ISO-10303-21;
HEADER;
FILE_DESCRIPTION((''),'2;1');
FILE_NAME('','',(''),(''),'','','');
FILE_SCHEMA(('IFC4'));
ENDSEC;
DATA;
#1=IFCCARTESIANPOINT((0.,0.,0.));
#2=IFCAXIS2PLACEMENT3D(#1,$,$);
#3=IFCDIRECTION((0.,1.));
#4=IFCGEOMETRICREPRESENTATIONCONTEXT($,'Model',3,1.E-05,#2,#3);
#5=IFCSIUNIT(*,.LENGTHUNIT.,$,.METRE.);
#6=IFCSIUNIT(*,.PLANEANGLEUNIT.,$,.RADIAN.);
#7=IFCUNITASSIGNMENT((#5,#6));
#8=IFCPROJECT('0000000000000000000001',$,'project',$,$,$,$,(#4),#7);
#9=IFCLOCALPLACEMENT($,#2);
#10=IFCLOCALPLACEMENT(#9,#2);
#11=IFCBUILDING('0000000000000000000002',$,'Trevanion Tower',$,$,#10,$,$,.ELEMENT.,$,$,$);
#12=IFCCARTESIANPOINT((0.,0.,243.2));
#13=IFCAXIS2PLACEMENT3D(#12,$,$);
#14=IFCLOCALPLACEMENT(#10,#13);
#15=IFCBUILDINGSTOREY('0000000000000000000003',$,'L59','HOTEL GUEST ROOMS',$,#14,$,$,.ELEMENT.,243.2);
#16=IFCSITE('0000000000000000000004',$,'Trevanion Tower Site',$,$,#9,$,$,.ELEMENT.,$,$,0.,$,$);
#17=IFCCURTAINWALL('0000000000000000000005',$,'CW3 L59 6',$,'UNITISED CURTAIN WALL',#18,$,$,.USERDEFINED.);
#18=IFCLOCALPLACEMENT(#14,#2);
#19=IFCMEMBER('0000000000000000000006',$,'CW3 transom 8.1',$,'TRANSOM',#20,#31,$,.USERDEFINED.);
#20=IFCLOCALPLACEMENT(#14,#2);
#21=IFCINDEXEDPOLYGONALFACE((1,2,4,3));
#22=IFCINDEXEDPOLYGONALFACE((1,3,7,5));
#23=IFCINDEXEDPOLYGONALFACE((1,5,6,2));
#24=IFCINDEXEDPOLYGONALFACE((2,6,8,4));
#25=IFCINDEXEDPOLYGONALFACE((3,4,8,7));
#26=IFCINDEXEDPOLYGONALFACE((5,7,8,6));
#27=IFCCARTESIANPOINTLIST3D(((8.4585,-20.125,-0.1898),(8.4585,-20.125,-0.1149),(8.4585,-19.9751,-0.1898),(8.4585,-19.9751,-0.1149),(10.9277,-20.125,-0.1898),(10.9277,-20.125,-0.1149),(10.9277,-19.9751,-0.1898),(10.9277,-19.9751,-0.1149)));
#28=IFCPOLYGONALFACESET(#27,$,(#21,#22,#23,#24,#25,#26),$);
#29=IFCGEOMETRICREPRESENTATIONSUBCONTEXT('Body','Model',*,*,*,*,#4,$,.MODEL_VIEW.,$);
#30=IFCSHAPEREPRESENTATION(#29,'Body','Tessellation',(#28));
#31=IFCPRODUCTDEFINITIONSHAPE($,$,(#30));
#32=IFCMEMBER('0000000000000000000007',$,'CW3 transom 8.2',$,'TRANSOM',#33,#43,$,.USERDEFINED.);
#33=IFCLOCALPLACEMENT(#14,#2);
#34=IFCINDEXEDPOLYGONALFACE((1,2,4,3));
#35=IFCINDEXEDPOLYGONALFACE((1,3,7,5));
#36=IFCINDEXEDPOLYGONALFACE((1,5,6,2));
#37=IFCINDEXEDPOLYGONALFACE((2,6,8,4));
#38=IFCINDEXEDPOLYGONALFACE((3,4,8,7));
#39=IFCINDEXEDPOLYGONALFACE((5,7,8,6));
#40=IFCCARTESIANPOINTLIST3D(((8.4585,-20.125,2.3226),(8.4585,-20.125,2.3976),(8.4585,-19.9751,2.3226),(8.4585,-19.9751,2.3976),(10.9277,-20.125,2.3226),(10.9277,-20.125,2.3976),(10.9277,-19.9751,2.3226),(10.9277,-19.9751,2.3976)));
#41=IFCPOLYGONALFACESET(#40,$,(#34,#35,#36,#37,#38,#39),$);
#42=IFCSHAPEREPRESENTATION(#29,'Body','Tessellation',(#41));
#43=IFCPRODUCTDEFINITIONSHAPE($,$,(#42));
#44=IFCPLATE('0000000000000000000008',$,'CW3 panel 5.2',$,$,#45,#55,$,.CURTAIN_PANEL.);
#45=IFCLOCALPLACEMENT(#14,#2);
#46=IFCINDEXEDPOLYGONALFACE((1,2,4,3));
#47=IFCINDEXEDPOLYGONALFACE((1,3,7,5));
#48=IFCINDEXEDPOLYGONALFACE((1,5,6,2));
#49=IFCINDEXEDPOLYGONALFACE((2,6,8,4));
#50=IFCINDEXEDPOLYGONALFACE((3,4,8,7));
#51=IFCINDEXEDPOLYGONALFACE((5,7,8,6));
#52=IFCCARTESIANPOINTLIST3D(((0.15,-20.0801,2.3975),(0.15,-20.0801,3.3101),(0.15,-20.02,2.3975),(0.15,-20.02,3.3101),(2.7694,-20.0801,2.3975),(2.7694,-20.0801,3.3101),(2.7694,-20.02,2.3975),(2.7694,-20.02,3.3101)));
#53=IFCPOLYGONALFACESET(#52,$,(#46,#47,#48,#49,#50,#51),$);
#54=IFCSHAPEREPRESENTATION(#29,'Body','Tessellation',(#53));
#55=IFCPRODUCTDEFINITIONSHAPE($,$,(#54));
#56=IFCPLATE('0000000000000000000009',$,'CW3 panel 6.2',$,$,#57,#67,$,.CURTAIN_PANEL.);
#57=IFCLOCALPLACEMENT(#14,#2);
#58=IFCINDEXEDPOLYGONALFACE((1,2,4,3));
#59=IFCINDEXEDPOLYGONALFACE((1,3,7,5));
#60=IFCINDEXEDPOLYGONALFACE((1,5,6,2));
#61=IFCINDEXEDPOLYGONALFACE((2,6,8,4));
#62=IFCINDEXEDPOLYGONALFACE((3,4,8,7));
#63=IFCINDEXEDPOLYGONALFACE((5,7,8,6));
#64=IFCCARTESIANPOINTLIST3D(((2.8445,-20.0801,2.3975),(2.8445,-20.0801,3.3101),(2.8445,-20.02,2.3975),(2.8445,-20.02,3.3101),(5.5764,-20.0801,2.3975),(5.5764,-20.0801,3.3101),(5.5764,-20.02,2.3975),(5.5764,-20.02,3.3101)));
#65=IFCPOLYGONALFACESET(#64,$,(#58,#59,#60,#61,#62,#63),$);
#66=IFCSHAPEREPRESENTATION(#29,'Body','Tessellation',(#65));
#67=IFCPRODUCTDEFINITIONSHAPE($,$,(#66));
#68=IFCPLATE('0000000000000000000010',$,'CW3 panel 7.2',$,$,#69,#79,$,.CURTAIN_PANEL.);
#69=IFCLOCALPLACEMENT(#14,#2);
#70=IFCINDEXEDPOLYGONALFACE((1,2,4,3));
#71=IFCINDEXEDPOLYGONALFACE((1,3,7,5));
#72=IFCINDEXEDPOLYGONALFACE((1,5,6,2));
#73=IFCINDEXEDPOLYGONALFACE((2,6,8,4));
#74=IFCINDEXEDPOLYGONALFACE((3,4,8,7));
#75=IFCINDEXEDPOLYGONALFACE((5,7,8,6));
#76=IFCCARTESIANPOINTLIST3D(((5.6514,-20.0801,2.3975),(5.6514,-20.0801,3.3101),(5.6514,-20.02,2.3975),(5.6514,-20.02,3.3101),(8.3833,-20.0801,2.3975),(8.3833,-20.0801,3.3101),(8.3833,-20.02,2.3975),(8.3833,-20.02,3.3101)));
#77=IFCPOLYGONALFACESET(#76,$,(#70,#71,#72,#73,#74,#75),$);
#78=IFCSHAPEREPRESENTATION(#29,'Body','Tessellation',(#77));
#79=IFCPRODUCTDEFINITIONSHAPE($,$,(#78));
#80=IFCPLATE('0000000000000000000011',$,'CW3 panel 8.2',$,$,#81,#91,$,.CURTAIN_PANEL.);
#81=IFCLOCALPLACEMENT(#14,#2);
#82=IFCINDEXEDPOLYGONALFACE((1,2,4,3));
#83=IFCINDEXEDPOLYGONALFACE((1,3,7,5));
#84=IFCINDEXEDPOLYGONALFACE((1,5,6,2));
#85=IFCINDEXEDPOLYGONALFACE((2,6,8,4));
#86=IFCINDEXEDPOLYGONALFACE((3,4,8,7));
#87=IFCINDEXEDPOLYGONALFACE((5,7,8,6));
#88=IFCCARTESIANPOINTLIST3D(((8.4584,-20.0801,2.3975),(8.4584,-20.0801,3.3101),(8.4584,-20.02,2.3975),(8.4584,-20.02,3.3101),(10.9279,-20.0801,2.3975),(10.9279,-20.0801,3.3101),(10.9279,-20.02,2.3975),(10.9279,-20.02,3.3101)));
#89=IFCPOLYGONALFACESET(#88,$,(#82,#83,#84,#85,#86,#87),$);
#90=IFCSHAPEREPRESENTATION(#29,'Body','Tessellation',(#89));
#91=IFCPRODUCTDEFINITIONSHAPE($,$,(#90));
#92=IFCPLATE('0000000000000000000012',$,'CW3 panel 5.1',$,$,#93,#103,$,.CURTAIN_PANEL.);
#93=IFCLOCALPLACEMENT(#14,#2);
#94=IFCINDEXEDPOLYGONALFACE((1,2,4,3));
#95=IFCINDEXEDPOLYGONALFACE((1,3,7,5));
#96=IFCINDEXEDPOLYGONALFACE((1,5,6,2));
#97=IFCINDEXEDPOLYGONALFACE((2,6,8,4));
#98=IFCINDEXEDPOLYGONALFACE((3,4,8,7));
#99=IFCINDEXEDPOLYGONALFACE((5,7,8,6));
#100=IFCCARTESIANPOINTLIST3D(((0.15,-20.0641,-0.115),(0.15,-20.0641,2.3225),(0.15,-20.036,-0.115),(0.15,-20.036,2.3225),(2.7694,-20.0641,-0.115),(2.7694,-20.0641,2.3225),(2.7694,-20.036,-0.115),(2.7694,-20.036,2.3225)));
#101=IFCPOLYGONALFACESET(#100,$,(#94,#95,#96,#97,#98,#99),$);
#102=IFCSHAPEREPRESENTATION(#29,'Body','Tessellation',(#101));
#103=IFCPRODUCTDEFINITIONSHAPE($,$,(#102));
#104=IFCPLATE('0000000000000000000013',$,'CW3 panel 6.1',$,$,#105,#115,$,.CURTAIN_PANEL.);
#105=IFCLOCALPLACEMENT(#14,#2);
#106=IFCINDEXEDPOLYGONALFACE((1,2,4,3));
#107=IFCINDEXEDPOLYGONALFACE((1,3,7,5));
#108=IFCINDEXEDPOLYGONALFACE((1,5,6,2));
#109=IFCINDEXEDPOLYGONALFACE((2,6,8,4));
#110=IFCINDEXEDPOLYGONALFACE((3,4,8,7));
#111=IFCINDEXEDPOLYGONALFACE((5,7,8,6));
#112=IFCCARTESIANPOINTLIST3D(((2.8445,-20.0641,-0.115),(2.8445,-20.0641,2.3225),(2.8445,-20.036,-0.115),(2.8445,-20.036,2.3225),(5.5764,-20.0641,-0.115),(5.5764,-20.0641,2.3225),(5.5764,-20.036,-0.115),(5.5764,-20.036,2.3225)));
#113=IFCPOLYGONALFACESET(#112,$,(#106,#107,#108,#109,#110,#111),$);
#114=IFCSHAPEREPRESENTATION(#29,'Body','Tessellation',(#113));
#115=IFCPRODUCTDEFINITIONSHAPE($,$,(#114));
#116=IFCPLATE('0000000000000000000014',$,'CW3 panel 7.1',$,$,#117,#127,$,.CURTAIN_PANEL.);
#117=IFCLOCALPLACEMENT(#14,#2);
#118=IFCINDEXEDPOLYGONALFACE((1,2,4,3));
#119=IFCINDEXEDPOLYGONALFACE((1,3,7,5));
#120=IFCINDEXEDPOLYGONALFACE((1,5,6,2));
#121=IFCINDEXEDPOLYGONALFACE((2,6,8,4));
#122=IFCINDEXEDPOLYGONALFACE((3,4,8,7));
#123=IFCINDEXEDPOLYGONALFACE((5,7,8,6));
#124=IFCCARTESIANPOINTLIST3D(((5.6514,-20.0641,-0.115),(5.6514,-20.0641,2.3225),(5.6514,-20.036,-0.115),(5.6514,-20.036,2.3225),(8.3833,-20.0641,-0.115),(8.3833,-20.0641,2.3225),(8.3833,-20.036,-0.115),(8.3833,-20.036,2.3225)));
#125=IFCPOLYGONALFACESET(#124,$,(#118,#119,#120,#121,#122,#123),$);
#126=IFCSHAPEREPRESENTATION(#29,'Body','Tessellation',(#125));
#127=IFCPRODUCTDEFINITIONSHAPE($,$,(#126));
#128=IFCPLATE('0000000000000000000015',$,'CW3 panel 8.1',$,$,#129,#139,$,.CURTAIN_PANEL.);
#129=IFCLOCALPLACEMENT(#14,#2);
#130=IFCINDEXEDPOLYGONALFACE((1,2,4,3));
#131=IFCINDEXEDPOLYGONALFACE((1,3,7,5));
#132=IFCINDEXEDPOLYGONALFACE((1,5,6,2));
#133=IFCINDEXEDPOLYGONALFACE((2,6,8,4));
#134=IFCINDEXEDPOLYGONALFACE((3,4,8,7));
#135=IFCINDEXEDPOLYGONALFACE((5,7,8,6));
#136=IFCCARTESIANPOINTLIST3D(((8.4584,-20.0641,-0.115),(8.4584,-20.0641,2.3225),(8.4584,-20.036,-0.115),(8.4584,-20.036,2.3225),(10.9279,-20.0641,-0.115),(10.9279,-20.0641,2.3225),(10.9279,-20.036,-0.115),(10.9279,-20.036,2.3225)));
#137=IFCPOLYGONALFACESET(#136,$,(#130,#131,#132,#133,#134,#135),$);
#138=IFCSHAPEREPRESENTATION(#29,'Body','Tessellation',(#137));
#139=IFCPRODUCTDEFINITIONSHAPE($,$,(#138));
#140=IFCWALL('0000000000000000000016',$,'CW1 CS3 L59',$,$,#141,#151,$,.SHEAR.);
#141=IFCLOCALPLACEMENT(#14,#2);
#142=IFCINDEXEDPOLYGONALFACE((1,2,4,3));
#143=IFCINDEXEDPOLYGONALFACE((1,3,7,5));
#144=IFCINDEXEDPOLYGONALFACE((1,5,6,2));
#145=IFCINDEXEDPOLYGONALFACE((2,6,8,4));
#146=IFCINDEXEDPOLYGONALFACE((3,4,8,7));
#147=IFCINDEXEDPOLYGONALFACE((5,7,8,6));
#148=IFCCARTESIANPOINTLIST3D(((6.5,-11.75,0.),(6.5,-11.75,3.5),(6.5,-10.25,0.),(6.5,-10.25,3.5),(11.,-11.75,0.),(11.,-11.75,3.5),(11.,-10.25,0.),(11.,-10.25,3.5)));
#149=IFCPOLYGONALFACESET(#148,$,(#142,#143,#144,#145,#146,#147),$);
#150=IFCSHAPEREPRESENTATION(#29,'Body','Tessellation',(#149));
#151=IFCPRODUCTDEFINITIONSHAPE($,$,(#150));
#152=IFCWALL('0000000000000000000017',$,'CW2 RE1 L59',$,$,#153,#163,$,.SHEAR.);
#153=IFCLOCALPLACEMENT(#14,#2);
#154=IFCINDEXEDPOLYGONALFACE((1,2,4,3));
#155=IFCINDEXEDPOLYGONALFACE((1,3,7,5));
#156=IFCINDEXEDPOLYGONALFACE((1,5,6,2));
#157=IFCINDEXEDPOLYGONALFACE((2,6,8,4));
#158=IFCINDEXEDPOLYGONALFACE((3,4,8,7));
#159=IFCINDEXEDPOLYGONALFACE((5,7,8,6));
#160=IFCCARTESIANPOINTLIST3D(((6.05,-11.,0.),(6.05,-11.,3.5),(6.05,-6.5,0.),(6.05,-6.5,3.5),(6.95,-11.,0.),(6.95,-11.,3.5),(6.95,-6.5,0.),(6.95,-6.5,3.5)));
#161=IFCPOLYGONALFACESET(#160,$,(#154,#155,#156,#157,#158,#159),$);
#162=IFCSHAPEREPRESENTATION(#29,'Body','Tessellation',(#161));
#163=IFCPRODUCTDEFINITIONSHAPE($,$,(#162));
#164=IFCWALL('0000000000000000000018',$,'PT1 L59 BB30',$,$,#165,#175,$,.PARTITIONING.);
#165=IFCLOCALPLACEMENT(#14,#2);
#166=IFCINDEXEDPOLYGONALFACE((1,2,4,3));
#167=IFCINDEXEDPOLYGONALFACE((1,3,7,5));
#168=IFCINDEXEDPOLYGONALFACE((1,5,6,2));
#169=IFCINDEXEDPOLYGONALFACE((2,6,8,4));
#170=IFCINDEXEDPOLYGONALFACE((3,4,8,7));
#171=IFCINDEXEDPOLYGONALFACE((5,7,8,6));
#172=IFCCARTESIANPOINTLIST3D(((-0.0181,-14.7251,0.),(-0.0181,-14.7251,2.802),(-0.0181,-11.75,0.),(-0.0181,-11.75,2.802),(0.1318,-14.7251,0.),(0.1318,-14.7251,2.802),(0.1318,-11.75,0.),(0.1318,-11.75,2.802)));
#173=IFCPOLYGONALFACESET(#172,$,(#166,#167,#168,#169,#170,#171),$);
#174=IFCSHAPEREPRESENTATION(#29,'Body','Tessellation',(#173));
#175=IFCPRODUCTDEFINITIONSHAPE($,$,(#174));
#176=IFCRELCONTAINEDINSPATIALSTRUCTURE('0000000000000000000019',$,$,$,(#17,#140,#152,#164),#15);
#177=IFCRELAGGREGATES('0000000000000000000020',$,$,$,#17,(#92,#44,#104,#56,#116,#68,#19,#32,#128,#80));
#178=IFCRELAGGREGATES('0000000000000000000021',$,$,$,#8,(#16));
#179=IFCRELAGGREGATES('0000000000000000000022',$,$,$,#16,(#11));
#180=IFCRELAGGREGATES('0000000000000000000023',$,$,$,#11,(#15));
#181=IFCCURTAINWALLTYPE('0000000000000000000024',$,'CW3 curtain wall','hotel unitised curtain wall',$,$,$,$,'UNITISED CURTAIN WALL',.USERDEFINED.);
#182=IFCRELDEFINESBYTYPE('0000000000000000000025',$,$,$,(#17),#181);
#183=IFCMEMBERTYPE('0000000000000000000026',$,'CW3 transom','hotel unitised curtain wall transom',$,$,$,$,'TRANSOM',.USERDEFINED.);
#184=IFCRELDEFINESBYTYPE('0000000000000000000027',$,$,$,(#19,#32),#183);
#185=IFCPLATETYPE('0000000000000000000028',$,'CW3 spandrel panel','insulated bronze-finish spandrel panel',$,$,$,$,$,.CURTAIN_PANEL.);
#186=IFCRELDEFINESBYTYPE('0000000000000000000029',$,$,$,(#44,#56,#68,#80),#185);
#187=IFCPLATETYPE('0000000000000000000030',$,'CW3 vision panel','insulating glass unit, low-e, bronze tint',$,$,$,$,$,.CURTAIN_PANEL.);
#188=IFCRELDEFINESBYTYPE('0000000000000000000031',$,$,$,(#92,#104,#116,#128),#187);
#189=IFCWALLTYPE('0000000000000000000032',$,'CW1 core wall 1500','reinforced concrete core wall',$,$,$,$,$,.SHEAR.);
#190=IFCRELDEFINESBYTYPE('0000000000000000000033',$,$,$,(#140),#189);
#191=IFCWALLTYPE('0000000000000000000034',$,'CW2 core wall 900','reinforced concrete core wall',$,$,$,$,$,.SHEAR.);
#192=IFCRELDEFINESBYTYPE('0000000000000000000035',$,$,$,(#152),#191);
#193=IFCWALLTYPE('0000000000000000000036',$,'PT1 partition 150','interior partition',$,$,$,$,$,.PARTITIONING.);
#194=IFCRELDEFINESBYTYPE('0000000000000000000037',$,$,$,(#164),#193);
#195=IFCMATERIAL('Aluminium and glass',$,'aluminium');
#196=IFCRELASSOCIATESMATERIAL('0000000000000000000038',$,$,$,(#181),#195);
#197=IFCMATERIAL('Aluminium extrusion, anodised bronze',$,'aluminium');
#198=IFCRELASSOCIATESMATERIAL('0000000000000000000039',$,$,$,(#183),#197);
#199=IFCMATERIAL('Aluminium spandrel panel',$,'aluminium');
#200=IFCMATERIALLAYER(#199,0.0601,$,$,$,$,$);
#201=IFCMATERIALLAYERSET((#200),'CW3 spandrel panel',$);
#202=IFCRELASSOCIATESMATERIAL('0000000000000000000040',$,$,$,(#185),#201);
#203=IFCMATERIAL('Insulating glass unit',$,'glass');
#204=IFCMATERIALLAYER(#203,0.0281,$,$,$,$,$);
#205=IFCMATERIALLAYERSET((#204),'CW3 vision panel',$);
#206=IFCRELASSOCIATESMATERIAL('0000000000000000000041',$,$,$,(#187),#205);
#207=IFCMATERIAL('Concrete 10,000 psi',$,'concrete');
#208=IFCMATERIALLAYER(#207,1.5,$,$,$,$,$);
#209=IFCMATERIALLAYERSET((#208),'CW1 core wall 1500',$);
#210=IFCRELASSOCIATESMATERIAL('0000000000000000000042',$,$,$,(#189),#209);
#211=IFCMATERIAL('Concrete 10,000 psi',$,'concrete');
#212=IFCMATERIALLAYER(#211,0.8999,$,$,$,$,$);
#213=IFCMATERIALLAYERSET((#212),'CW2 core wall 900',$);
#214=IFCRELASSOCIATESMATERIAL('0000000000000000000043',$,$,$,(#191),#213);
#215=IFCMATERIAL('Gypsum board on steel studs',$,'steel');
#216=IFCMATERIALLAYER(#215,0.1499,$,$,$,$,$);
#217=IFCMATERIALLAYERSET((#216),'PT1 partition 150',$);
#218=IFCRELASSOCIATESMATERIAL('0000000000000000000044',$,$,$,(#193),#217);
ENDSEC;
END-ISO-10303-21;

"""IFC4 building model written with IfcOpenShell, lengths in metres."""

from ifc_helpers import new_model, si_unit, direction, frame, frame_2d, origin, origin_2d, place, context, subcontext, project, spatial, rectangle, extrude, material, layer, layer_set, material_profile, profile_set, type_object, element, aggregate, save


model = new_model("IFC4")

# Units and contexts
model_context = context("Model", 3, precision=1e-05, world=origin(), true_north=direction((0.0, 1.0)))
body_context = subcontext(model_context, "Body", "Model", "MODEL_VIEW")
ifc_project = project(units=[si_unit("LENGTHUNIT", "METRE"), si_unit("PLANEANGLEUNIT", "RADIAN")], contexts=[model_context])

# Site, building, storey
site_placement = place(None, origin())
site = spatial("IfcSite", under=ifc_project, at=site_placement, Name="Trevanion Tower Site", CompositionType="ELEMENT", RefElevation=0.0)
building_placement = place(site_placement, origin())
building = spatial("IfcBuilding", under=site, at=building_placement, Name="Trevanion Tower", CompositionType="ELEMENT")
storey_placement = place(building_placement, frame((0.0, 0.0, 243.2)))
storey = spatial("IfcBuildingStorey", under=building, at=storey_placement, Name="L59", Description="HOTEL GUEST ROOMS", CompositionType="ELEMENT", Elevation=243.2)

# Curtain wall, members, plates
ifc_material_1 = material(Name="Aluminium and glass", Category="aluminium")
curtain_wall_type = type_object("IfcCurtainWallType", Name="CW3 curtain wall", Description="hotel unitised curtain wall", ElementType="UNITISED CURTAIN WALL", PredefinedType="USERDEFINED", material=ifc_material_1)
curtain_wall_placement = place(storey_placement, origin())
curtain_wall = element("IfcCurtainWall", 1, at=curtain_wall_placement, inside=storey, type_object=curtain_wall_type, Name="CW3 L59 6", ObjectType="UNITISED CURTAIN WALL", PredefinedType="USERDEFINED")
ifc_material_2 = material(Name="Aluminium extrusion, anodised bronze", Category="aluminium")
ifc_material_profile_1 = material_profile(ifc_material_2, rectangle(XDim=0.1499, YDim=0.075, at=origin_2d()), Name="CW3 transom")
ifc_profile_set_1 = profile_set([ifc_material_profile_1], Name="Aluminium extrusion, anodised bronze")
member_type_1 = type_object("IfcMemberType", Name="CW3 transom", Description="hotel unitised curtain wall transom", ElementType="TRANSOM", PredefinedType="USERDEFINED", material=ifc_profile_set_1)
member_1_placement = place(storey_placement, frame((8.4585, -20.05, -0.1523), z_axis=(1.0, 0.0, 0.0), x_axis=(0.0, 1.0, 0.0)))
member_1 = element("IfcMember", 2, at=member_1_placement, type_object=member_type_1, Name="CW3 transom 8.1", ObjectType="TRANSOM", PredefinedType="USERDEFINED", context=body_context, shape_type="SweptSolid", body=[
    extrude(rectangle(XDim=0.1499, YDim=0.075, at=origin_2d()), origin(), (0.0, 0.0, 1.0), 2.4692),
])
member_2_placement = place(storey_placement, frame((8.4585, -20.05, 2.3601), z_axis=(1.0, 0.0, 0.0), x_axis=(0.0, 1.0, 0.0)))
member_2 = element("IfcMember", 3, at=member_2_placement, type_object=member_type_1, Name="CW3 transom 8.2", ObjectType="TRANSOM", PredefinedType="USERDEFINED", context=body_context, shape_type="SweptSolid", body=[
    extrude(rectangle(XDim=0.1499, YDim=0.075, at=origin_2d()), origin(), (0.0, 0.0, 1.0), 2.4692),
])
ifc_material_3 = material(Name="Aluminium spandrel panel", Category="aluminium")
ifc_layer_1 = layer(ifc_material_3, 0.0601)
ifc_layer_set_1 = layer_set([ifc_layer_1], Name="CW3 spandrel panel")
plate_type_1 = type_object("IfcPlateType", Name="CW3 spandrel panel", Description="insulated bronze-finish spandrel panel", PredefinedType="CURTAIN_PANEL", material=ifc_layer_set_1)
plate_1_placement = place(storey_placement, frame((1.4597, -20.05, 2.3975), z_axis=(0.0, 0.0, 1.0), x_axis=(1.0, 0.0, 0.0)))
plate_1 = element("IfcPlate", 4, at=plate_1_placement, type_object=plate_type_1, Name="CW3 panel 5.2", PredefinedType="CURTAIN_PANEL", context=body_context, shape_type="SweptSolid", body=[
    extrude(rectangle(XDim=2.6194, YDim=0.0601, at=origin_2d()), origin(), (0.0, 0.0, 1.0), 0.9126),
])
plate_2_placement = place(storey_placement, frame((4.2104, -20.05, 2.3975), z_axis=(0.0, 0.0, 1.0), x_axis=(1.0, 0.0, 0.0)))
plate_2 = element("IfcPlate", 5, at=plate_2_placement, type_object=plate_type_1, Name="CW3 panel 6.2", PredefinedType="CURTAIN_PANEL", context=body_context, shape_type="SweptSolid", body=[
    extrude(rectangle(XDim=2.7319, YDim=0.0601, at=origin_2d()), origin(), (0.0, 0.0, 1.0), 0.9126),
])
plate_3_placement = place(storey_placement, frame((7.0173, -20.05, 2.3975), z_axis=(0.0, 0.0, 1.0), x_axis=(1.0, 0.0, 0.0)))
plate_3 = element("IfcPlate", 6, at=plate_3_placement, type_object=plate_type_1, Name="CW3 panel 7.2", PredefinedType="CURTAIN_PANEL", context=body_context, shape_type="SweptSolid", body=[
    extrude(rectangle(XDim=2.7319, YDim=0.0601, at=origin_2d()), origin(), (0.0, 0.0, 1.0), 0.9126),
])
plate_4_placement = place(storey_placement, frame((9.6931, -20.05, 2.3975), z_axis=(0.0, 0.0, 1.0), x_axis=(1.0, 0.0, 0.0)))
plate_4 = element("IfcPlate", 7, at=plate_4_placement, type_object=plate_type_1, Name="CW3 panel 8.2", PredefinedType="CURTAIN_PANEL", context=body_context, shape_type="SweptSolid", body=[
    extrude(rectangle(XDim=2.4695, YDim=0.0601, at=origin_2d()), origin(), (0.0, 0.0, 1.0), 0.9126),
])
ifc_material_4 = material(Name="Insulating glass unit", Category="glass")
ifc_layer_2 = layer(ifc_material_4, 0.0281)
ifc_layer_set_2 = layer_set([ifc_layer_2], Name="CW3 vision panel")
plate_type_2 = type_object("IfcPlateType", Name="CW3 vision panel", Description="insulating glass unit, low-e, bronze tint", PredefinedType="CURTAIN_PANEL", material=ifc_layer_set_2)
plate_5_placement = place(storey_placement, frame((1.4597, -20.05, -0.115), z_axis=(0.0, 0.0, 1.0), x_axis=(1.0, 0.0, 0.0)))
plate_5 = element("IfcPlate", 8, at=plate_5_placement, type_object=plate_type_2, Name="CW3 panel 5.1", PredefinedType="CURTAIN_PANEL", context=body_context, shape_type="SweptSolid", body=[
    extrude(rectangle(XDim=2.6194, YDim=0.0281, at=origin_2d()), origin(), (0.0, 0.0, 1.0), 2.4375),
])
plate_6_placement = place(storey_placement, frame((4.2104, -20.05, -0.115), z_axis=(0.0, 0.0, 1.0), x_axis=(1.0, 0.0, 0.0)))
plate_6 = element("IfcPlate", 9, at=plate_6_placement, type_object=plate_type_2, Name="CW3 panel 6.1", PredefinedType="CURTAIN_PANEL", context=body_context, shape_type="SweptSolid", body=[
    extrude(rectangle(XDim=2.7319, YDim=0.0281, at=origin_2d()), origin(), (0.0, 0.0, 1.0), 2.4375),
])
plate_7_placement = place(storey_placement, frame((7.0173, -20.05, -0.115), z_axis=(0.0, 0.0, 1.0), x_axis=(1.0, 0.0, 0.0)))
plate_7 = element("IfcPlate", 10, at=plate_7_placement, type_object=plate_type_2, Name="CW3 panel 7.1", PredefinedType="CURTAIN_PANEL", context=body_context, shape_type="SweptSolid", body=[
    extrude(rectangle(XDim=2.7319, YDim=0.0281, at=origin_2d()), origin(), (0.0, 0.0, 1.0), 2.4375),
])
plate_8_placement = place(storey_placement, frame((9.6931, -20.05, -0.115), z_axis=(0.0, 0.0, 1.0), x_axis=(1.0, 0.0, 0.0)))
plate_8 = element("IfcPlate", 11, at=plate_8_placement, type_object=plate_type_2, Name="CW3 panel 8.1", PredefinedType="CURTAIN_PANEL", context=body_context, shape_type="SweptSolid", body=[
    extrude(rectangle(XDim=2.4695, YDim=0.0281, at=origin_2d()), origin(), (0.0, 0.0, 1.0), 2.4375),
])
aggregate(curtain_wall, [plate_5, plate_1, plate_6, plate_2, plate_7, plate_3, member_1, member_2, plate_8, plate_4])

# Walls
ifc_material_5 = material(Name="Concrete 10,000 psi", Category="concrete")
ifc_layer_3 = layer(ifc_material_5, 1.5)
ifc_layer_set_3 = layer_set([ifc_layer_3], Name="CW1 core wall 1500")
wall_type_1 = type_object("IfcWallType", Name="CW1 core wall 1500", Description="reinforced concrete core wall", PredefinedType="SHEAR", material=ifc_layer_set_3)
wall_1_placement = place(storey_placement, frame((6.5, -11.0, 0.0), z_axis=(0.0, 0.0, 1.0), x_axis=(1.0, 0.0, 0.0)))
element("IfcWall", 12, at=wall_1_placement, inside=storey, type_object=wall_type_1, Name="CW1 CS3 L59", PredefinedType="SHEAR", context=body_context, shape_type="SweptSolid", body=[
    extrude(rectangle(XDim=4.5, YDim=1.5, at=frame_2d((2.25, 0.0))), origin(), (0.0, 0.0, 1.0), 3.5),
])
ifc_material_6 = material(Name="Concrete 10,000 psi", Category="concrete")
ifc_layer_4 = layer(ifc_material_6, 0.8999)
ifc_layer_set_4 = layer_set([ifc_layer_4], Name="CW2 core wall 900")
wall_type_2 = type_object("IfcWallType", Name="CW2 core wall 900", Description="reinforced concrete core wall", PredefinedType="SHEAR", material=ifc_layer_set_4)
wall_2_placement = place(storey_placement, frame((6.5, -11.0, 0.0), z_axis=(0.0, 0.0, 1.0), x_axis=(0.0, 1.0, 0.0)))
element("IfcWall", 13, at=wall_2_placement, inside=storey, type_object=wall_type_2, Name="CW2 RE1 L59", PredefinedType="SHEAR", context=body_context, shape_type="SweptSolid", body=[
    extrude(rectangle(XDim=4.5, YDim=0.8999, at=frame_2d((2.25, 0.0))), origin(), (0.0, 0.0, 1.0), 3.5),
])
ifc_material_7 = material(Name="Gypsum board on steel studs", Category="steel")
ifc_layer_5 = layer(ifc_material_7, 0.1499)
ifc_layer_set_5 = layer_set([ifc_layer_5], Name="PT1 partition 150")
wall_type_3 = type_object("IfcWallType", Name="PT1 partition 150", Description="interior partition", PredefinedType="PARTITIONING", material=ifc_layer_set_5)
wall_3_placement = place(storey_placement, frame((0.0569, -11.75, 0.0), z_axis=(0.0, 0.0, 1.0), x_axis=(0.0, -1.0, 0.0)))
element("IfcWall", 14, at=wall_3_placement, inside=storey, type_object=wall_type_3, Name="PT1 L59 BB30", PredefinedType="PARTITIONING", context=body_context, shape_type="SweptSolid", body=[
    extrude(rectangle(XDim=2.9751, YDim=0.1499, at=frame_2d((1.4875, 0.0))), origin(), (0.0, 0.0, 1.0), 2.802),
])

save(model, "model.ifc")
